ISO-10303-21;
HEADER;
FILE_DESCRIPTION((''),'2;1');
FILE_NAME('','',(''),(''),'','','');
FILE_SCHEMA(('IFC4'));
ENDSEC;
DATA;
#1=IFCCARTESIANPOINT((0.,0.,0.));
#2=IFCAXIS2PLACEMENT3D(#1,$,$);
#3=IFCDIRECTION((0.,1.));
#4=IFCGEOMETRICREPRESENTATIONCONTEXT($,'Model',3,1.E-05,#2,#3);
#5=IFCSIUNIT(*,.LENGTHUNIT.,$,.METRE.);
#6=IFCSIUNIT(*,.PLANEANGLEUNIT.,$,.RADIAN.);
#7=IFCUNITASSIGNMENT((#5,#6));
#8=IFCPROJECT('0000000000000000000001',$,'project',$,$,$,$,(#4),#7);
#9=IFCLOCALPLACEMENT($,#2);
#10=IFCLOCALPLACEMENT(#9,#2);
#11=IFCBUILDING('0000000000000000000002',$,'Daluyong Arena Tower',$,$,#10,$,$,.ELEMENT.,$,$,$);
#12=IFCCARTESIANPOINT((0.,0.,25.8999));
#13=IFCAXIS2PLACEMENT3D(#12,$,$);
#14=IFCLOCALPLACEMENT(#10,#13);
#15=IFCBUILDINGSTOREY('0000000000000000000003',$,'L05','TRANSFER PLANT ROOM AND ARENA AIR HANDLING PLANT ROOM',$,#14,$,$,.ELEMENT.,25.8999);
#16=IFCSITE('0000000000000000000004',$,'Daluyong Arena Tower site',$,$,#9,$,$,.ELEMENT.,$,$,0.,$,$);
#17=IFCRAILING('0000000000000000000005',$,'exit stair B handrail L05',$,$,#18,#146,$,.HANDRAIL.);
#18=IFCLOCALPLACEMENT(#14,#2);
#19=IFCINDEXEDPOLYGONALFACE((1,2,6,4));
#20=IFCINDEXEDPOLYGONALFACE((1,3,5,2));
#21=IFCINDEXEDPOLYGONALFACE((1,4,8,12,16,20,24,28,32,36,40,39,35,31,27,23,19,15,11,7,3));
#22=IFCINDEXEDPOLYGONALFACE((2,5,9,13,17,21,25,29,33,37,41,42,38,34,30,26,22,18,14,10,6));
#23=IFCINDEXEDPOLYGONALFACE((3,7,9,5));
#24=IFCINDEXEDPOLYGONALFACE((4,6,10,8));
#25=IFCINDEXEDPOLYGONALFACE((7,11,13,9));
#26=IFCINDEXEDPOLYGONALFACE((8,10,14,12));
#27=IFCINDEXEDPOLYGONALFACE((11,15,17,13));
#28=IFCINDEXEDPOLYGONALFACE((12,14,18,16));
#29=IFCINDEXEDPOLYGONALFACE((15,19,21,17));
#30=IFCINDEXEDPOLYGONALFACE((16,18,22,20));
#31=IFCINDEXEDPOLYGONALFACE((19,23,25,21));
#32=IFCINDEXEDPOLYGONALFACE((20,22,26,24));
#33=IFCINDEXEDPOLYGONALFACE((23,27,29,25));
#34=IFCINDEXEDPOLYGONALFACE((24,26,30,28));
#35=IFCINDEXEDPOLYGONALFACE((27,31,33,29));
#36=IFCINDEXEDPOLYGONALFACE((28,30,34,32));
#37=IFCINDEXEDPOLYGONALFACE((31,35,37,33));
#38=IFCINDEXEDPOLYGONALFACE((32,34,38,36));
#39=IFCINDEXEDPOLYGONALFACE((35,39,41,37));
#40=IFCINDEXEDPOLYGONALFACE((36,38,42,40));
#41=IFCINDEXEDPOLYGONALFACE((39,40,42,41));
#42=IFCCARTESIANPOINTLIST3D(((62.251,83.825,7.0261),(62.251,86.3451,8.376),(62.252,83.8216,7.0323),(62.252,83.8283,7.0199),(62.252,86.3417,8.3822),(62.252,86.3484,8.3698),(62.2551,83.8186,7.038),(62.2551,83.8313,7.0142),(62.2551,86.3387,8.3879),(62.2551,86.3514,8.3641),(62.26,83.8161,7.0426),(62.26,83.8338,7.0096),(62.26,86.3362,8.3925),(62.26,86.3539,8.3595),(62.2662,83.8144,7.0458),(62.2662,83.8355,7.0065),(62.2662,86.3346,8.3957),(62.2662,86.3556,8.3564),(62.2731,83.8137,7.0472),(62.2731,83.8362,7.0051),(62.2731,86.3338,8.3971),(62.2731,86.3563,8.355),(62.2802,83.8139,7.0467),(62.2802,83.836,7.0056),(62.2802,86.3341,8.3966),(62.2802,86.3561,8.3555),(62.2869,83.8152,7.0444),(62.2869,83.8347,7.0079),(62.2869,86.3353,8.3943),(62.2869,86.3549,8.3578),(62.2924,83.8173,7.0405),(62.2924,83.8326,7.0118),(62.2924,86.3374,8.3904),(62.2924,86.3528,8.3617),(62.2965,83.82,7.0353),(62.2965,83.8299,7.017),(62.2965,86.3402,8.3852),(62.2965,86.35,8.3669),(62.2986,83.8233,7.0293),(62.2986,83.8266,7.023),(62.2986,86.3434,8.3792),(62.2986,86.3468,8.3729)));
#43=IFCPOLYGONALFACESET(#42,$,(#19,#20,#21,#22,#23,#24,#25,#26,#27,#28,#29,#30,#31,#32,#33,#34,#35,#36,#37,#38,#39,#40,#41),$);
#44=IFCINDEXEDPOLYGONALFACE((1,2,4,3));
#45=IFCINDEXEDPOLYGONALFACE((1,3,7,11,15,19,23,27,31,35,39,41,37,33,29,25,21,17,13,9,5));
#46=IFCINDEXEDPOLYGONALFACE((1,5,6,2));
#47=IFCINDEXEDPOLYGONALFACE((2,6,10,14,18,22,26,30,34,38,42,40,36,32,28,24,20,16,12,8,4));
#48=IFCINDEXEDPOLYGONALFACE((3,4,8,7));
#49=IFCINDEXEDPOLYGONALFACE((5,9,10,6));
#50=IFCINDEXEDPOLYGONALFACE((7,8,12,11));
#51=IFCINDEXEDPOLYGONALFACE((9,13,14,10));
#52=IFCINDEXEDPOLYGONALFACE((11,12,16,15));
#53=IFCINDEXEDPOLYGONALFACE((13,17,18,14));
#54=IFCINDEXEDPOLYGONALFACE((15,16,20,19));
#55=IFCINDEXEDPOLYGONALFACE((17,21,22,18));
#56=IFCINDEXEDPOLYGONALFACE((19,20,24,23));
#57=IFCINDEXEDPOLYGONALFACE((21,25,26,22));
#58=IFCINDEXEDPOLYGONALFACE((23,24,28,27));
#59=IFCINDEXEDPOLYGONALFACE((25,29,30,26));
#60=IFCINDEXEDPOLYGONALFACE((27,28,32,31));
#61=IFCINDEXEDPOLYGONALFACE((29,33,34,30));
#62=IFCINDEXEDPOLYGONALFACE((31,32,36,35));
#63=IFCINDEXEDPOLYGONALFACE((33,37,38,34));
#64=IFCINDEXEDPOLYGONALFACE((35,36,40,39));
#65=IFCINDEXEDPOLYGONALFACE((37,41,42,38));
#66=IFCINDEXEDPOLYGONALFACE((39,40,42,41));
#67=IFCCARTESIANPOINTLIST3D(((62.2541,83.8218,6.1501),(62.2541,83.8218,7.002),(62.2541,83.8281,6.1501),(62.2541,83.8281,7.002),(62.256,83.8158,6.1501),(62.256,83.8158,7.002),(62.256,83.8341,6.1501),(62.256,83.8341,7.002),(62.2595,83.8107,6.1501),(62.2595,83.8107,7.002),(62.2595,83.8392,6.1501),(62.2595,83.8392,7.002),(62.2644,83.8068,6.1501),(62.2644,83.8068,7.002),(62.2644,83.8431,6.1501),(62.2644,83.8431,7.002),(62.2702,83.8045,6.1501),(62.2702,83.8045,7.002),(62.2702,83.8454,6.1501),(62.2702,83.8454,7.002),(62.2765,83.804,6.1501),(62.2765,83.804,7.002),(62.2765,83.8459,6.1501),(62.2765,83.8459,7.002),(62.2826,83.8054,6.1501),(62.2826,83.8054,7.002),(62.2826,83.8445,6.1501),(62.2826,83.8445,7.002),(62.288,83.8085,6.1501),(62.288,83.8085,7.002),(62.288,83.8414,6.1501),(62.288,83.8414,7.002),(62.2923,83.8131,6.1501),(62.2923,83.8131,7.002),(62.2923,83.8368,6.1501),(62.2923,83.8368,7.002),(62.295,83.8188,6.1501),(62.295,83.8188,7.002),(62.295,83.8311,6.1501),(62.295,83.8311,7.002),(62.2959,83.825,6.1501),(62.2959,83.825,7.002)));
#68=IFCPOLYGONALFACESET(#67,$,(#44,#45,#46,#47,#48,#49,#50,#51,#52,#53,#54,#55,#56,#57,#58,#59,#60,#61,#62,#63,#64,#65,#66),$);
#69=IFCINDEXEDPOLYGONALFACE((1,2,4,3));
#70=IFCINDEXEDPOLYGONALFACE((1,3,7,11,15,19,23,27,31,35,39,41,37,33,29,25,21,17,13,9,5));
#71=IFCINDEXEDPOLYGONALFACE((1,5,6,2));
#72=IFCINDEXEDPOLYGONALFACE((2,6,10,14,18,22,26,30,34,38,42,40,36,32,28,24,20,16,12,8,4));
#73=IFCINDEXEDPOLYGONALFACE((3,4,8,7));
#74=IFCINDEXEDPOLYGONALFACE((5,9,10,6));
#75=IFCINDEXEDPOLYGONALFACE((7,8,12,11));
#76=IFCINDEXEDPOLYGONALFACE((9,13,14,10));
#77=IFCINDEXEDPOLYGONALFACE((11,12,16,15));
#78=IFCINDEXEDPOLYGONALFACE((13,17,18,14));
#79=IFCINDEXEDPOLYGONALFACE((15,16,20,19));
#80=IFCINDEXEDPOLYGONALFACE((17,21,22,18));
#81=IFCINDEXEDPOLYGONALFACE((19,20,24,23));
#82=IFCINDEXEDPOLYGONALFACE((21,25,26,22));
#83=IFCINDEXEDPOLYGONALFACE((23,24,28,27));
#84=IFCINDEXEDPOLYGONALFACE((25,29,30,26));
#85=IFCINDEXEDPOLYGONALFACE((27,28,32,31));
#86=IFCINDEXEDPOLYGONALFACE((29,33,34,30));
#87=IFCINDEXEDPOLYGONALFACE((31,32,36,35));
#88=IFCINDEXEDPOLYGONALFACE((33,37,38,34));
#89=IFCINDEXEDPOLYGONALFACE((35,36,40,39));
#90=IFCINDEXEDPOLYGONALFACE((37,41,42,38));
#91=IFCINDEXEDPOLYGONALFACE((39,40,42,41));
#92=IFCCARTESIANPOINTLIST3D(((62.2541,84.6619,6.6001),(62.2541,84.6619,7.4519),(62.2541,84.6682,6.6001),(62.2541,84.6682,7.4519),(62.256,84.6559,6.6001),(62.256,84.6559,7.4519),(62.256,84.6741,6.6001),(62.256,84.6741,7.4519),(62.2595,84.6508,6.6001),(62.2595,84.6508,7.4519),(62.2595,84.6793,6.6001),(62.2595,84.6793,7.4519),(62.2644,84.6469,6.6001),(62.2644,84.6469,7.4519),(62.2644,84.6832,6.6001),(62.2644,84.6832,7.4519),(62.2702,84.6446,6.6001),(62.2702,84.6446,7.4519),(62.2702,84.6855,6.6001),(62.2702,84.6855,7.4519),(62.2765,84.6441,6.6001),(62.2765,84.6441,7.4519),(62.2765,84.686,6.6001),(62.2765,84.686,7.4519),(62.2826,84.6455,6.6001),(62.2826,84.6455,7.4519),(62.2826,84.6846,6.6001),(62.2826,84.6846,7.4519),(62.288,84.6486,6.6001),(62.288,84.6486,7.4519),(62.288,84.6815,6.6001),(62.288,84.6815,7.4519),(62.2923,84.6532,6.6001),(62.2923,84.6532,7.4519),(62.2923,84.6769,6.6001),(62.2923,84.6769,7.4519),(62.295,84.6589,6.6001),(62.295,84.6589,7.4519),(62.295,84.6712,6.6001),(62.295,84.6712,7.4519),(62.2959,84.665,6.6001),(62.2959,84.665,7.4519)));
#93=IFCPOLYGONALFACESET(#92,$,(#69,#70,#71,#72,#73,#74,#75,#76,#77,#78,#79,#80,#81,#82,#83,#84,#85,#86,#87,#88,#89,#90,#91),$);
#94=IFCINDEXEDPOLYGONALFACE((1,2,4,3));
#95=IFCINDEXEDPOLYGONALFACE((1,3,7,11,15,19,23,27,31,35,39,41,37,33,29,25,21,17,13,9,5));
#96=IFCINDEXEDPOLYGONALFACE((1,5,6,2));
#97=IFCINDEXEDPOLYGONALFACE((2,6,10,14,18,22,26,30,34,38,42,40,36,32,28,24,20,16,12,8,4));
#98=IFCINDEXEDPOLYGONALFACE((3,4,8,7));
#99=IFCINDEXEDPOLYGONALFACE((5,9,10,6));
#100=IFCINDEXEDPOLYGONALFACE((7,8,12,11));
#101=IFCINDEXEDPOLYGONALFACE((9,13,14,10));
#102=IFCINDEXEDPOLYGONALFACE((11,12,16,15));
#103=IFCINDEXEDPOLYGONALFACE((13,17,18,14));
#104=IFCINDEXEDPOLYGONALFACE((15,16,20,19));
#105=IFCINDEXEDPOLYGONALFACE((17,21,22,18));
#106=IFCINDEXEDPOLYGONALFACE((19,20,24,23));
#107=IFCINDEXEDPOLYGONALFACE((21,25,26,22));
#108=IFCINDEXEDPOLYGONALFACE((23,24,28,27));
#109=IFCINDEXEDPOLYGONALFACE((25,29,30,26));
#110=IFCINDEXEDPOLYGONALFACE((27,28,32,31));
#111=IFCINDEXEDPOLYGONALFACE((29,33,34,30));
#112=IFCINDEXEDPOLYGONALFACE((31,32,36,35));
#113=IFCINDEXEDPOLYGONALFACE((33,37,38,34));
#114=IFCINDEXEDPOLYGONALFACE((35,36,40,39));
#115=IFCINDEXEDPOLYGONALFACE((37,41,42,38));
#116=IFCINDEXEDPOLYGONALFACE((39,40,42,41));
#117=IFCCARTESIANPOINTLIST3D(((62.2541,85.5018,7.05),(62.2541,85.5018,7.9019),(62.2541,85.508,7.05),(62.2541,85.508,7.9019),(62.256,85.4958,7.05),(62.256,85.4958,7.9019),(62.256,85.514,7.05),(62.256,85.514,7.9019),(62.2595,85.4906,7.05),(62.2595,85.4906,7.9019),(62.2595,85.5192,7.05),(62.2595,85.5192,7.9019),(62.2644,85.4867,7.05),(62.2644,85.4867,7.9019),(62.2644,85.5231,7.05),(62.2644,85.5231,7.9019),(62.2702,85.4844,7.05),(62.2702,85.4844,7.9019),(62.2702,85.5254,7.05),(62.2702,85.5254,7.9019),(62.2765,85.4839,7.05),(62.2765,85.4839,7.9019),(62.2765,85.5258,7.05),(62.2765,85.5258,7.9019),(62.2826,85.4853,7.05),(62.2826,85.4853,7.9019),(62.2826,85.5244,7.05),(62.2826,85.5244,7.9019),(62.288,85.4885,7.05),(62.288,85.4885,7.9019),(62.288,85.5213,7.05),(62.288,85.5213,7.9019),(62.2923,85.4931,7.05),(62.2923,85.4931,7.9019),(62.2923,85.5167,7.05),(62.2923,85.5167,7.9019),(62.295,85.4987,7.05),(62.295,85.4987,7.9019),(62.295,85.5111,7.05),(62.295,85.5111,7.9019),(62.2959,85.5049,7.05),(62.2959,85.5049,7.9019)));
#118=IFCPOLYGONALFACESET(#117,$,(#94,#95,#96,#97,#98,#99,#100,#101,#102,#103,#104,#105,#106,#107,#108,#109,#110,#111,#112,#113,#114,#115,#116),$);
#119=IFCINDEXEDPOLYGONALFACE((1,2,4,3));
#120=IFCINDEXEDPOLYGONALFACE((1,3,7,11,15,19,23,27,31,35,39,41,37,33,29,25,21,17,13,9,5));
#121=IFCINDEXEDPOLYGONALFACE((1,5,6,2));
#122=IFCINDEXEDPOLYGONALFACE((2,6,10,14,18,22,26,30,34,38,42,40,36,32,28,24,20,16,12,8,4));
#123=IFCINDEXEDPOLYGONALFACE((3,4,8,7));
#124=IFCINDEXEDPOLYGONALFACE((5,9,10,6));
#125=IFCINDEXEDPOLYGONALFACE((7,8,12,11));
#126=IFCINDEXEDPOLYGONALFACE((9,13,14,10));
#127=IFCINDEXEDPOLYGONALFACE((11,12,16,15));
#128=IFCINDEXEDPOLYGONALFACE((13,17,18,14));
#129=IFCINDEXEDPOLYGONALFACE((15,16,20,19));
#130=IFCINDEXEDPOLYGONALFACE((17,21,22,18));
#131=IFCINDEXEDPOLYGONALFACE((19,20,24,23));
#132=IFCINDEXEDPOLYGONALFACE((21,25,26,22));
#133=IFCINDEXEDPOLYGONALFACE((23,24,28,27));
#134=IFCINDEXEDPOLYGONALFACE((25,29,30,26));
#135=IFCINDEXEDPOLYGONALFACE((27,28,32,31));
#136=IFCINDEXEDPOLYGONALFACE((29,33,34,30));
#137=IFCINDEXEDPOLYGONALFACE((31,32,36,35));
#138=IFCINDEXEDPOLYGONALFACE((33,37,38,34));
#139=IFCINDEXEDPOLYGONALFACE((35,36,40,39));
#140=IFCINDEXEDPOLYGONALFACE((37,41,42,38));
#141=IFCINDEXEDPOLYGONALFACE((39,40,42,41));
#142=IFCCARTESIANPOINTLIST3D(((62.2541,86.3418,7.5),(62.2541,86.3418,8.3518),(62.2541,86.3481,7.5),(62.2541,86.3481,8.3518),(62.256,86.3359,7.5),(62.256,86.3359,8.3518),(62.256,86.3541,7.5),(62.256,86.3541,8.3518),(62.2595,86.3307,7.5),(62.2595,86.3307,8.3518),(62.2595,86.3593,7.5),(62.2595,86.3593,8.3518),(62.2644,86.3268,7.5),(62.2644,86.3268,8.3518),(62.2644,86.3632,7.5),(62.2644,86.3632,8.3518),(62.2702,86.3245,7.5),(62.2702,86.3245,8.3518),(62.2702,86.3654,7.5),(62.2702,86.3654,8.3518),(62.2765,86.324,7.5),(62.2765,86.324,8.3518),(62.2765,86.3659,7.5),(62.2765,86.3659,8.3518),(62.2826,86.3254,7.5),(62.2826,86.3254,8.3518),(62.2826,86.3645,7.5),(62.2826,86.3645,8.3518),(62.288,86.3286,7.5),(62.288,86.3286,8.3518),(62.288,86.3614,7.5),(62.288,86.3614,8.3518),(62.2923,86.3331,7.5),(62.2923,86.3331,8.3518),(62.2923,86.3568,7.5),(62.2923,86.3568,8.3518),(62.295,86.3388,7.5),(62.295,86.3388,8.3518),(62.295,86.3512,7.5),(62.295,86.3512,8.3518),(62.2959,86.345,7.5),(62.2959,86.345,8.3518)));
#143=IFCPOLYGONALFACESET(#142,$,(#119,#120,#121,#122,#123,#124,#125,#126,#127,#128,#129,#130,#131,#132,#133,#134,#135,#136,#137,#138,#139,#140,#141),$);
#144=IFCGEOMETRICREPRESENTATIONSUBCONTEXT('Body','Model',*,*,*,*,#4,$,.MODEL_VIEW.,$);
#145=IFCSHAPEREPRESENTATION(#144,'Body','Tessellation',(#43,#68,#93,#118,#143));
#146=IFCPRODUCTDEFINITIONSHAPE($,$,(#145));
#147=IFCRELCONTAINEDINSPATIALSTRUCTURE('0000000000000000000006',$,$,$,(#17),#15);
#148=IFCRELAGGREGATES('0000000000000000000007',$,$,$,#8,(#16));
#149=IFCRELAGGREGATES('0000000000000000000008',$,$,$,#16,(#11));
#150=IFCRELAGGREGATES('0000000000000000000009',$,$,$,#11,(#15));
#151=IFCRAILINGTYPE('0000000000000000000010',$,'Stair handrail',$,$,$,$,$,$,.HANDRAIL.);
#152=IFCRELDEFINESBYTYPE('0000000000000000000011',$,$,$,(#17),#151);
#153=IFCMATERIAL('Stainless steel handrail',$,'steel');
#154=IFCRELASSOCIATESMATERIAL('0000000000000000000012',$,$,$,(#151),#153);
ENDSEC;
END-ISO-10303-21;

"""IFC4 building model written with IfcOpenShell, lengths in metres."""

from ifc_helpers import new_model, si_unit, direction, frame, origin, origin_2d, place, context, subcontext, project, spatial, circle, extrude, material, type_object, element, save


model = new_model("IFC4")

# Units and contexts
model_context = context("Model", 3, precision=1e-05, world=origin(), true_north=direction((0.0, 1.0)))
body_context = subcontext(model_context, "Body", "Model", "MODEL_VIEW")
ifc_project = project(units=[si_unit("LENGTHUNIT", "METRE"), si_unit("PLANEANGLEUNIT", "RADIAN")], contexts=[model_context])

# Site, building, storey
site_placement = place(None, origin())
site = spatial("IfcSite", under=ifc_project, at=site_placement, Name="Daluyong Arena Tower site", CompositionType="ELEMENT", RefElevation=0.0)
building_placement = place(site_placement, origin())
building = spatial("IfcBuilding", under=site, at=building_placement, Name="Daluyong Arena Tower", CompositionType="ELEMENT")
storey_placement = place(building_placement, frame((0.0, 0.0, 25.8999)))
storey = spatial("IfcBuildingStorey", under=building, at=storey_placement, Name="L05", Description="TRANSFER PLANT ROOM AND ARENA AIR HANDLING PLANT ROOM", CompositionType="ELEMENT", Elevation=25.8999)

# Railing
ifc_material_1 = material(Name="Stainless steel handrail", Category="steel")
railing_type = type_object("IfcRailingType", Name="Stair handrail", PredefinedType="HANDRAIL", material=ifc_material_1)
for number, where, name in (
    (1, (62.2749, 83.825, 6.1501), "exit stair B handrail L05"),
):
    element("IfcRailing", number, at=place(storey_placement, frame(where)), inside=storey, type_object=railing_type, Name=name, PredefinedType="HANDRAIL", context=body_context, shape_type="SweptSolid", body=[
        extrude(circle(Radius=0.0239, at=origin_2d()), frame((0.0, 0.0, 0.876), z_axis=(0.0, 0.881503, 0.472179), x_axis=(-1.0, 0.0, 0.0)), (0.0, 0.0, 1.0), 2.8589),
        extrude(circle(Radius=0.021, at=origin_2d()), origin(), (0.0, 0.0, 1.0), 0.8518),
        extrude(circle(Radius=0.021, at=origin_2d()), frame((0.0, 0.8401, 0.45)), (0.0, 0.0, 1.0), 0.8518),
        extrude(circle(Radius=0.021, at=origin_2d()), frame((0.0, 1.6799, 0.8999)), (0.0, 0.0, 1.0), 0.8518),
        extrude(circle(Radius=0.021, at=origin_2d()), frame((0.0, 2.52, 1.3499)), (0.0, 0.0, 1.0), 0.8518),
    ])

save(model, "model.ifc")
